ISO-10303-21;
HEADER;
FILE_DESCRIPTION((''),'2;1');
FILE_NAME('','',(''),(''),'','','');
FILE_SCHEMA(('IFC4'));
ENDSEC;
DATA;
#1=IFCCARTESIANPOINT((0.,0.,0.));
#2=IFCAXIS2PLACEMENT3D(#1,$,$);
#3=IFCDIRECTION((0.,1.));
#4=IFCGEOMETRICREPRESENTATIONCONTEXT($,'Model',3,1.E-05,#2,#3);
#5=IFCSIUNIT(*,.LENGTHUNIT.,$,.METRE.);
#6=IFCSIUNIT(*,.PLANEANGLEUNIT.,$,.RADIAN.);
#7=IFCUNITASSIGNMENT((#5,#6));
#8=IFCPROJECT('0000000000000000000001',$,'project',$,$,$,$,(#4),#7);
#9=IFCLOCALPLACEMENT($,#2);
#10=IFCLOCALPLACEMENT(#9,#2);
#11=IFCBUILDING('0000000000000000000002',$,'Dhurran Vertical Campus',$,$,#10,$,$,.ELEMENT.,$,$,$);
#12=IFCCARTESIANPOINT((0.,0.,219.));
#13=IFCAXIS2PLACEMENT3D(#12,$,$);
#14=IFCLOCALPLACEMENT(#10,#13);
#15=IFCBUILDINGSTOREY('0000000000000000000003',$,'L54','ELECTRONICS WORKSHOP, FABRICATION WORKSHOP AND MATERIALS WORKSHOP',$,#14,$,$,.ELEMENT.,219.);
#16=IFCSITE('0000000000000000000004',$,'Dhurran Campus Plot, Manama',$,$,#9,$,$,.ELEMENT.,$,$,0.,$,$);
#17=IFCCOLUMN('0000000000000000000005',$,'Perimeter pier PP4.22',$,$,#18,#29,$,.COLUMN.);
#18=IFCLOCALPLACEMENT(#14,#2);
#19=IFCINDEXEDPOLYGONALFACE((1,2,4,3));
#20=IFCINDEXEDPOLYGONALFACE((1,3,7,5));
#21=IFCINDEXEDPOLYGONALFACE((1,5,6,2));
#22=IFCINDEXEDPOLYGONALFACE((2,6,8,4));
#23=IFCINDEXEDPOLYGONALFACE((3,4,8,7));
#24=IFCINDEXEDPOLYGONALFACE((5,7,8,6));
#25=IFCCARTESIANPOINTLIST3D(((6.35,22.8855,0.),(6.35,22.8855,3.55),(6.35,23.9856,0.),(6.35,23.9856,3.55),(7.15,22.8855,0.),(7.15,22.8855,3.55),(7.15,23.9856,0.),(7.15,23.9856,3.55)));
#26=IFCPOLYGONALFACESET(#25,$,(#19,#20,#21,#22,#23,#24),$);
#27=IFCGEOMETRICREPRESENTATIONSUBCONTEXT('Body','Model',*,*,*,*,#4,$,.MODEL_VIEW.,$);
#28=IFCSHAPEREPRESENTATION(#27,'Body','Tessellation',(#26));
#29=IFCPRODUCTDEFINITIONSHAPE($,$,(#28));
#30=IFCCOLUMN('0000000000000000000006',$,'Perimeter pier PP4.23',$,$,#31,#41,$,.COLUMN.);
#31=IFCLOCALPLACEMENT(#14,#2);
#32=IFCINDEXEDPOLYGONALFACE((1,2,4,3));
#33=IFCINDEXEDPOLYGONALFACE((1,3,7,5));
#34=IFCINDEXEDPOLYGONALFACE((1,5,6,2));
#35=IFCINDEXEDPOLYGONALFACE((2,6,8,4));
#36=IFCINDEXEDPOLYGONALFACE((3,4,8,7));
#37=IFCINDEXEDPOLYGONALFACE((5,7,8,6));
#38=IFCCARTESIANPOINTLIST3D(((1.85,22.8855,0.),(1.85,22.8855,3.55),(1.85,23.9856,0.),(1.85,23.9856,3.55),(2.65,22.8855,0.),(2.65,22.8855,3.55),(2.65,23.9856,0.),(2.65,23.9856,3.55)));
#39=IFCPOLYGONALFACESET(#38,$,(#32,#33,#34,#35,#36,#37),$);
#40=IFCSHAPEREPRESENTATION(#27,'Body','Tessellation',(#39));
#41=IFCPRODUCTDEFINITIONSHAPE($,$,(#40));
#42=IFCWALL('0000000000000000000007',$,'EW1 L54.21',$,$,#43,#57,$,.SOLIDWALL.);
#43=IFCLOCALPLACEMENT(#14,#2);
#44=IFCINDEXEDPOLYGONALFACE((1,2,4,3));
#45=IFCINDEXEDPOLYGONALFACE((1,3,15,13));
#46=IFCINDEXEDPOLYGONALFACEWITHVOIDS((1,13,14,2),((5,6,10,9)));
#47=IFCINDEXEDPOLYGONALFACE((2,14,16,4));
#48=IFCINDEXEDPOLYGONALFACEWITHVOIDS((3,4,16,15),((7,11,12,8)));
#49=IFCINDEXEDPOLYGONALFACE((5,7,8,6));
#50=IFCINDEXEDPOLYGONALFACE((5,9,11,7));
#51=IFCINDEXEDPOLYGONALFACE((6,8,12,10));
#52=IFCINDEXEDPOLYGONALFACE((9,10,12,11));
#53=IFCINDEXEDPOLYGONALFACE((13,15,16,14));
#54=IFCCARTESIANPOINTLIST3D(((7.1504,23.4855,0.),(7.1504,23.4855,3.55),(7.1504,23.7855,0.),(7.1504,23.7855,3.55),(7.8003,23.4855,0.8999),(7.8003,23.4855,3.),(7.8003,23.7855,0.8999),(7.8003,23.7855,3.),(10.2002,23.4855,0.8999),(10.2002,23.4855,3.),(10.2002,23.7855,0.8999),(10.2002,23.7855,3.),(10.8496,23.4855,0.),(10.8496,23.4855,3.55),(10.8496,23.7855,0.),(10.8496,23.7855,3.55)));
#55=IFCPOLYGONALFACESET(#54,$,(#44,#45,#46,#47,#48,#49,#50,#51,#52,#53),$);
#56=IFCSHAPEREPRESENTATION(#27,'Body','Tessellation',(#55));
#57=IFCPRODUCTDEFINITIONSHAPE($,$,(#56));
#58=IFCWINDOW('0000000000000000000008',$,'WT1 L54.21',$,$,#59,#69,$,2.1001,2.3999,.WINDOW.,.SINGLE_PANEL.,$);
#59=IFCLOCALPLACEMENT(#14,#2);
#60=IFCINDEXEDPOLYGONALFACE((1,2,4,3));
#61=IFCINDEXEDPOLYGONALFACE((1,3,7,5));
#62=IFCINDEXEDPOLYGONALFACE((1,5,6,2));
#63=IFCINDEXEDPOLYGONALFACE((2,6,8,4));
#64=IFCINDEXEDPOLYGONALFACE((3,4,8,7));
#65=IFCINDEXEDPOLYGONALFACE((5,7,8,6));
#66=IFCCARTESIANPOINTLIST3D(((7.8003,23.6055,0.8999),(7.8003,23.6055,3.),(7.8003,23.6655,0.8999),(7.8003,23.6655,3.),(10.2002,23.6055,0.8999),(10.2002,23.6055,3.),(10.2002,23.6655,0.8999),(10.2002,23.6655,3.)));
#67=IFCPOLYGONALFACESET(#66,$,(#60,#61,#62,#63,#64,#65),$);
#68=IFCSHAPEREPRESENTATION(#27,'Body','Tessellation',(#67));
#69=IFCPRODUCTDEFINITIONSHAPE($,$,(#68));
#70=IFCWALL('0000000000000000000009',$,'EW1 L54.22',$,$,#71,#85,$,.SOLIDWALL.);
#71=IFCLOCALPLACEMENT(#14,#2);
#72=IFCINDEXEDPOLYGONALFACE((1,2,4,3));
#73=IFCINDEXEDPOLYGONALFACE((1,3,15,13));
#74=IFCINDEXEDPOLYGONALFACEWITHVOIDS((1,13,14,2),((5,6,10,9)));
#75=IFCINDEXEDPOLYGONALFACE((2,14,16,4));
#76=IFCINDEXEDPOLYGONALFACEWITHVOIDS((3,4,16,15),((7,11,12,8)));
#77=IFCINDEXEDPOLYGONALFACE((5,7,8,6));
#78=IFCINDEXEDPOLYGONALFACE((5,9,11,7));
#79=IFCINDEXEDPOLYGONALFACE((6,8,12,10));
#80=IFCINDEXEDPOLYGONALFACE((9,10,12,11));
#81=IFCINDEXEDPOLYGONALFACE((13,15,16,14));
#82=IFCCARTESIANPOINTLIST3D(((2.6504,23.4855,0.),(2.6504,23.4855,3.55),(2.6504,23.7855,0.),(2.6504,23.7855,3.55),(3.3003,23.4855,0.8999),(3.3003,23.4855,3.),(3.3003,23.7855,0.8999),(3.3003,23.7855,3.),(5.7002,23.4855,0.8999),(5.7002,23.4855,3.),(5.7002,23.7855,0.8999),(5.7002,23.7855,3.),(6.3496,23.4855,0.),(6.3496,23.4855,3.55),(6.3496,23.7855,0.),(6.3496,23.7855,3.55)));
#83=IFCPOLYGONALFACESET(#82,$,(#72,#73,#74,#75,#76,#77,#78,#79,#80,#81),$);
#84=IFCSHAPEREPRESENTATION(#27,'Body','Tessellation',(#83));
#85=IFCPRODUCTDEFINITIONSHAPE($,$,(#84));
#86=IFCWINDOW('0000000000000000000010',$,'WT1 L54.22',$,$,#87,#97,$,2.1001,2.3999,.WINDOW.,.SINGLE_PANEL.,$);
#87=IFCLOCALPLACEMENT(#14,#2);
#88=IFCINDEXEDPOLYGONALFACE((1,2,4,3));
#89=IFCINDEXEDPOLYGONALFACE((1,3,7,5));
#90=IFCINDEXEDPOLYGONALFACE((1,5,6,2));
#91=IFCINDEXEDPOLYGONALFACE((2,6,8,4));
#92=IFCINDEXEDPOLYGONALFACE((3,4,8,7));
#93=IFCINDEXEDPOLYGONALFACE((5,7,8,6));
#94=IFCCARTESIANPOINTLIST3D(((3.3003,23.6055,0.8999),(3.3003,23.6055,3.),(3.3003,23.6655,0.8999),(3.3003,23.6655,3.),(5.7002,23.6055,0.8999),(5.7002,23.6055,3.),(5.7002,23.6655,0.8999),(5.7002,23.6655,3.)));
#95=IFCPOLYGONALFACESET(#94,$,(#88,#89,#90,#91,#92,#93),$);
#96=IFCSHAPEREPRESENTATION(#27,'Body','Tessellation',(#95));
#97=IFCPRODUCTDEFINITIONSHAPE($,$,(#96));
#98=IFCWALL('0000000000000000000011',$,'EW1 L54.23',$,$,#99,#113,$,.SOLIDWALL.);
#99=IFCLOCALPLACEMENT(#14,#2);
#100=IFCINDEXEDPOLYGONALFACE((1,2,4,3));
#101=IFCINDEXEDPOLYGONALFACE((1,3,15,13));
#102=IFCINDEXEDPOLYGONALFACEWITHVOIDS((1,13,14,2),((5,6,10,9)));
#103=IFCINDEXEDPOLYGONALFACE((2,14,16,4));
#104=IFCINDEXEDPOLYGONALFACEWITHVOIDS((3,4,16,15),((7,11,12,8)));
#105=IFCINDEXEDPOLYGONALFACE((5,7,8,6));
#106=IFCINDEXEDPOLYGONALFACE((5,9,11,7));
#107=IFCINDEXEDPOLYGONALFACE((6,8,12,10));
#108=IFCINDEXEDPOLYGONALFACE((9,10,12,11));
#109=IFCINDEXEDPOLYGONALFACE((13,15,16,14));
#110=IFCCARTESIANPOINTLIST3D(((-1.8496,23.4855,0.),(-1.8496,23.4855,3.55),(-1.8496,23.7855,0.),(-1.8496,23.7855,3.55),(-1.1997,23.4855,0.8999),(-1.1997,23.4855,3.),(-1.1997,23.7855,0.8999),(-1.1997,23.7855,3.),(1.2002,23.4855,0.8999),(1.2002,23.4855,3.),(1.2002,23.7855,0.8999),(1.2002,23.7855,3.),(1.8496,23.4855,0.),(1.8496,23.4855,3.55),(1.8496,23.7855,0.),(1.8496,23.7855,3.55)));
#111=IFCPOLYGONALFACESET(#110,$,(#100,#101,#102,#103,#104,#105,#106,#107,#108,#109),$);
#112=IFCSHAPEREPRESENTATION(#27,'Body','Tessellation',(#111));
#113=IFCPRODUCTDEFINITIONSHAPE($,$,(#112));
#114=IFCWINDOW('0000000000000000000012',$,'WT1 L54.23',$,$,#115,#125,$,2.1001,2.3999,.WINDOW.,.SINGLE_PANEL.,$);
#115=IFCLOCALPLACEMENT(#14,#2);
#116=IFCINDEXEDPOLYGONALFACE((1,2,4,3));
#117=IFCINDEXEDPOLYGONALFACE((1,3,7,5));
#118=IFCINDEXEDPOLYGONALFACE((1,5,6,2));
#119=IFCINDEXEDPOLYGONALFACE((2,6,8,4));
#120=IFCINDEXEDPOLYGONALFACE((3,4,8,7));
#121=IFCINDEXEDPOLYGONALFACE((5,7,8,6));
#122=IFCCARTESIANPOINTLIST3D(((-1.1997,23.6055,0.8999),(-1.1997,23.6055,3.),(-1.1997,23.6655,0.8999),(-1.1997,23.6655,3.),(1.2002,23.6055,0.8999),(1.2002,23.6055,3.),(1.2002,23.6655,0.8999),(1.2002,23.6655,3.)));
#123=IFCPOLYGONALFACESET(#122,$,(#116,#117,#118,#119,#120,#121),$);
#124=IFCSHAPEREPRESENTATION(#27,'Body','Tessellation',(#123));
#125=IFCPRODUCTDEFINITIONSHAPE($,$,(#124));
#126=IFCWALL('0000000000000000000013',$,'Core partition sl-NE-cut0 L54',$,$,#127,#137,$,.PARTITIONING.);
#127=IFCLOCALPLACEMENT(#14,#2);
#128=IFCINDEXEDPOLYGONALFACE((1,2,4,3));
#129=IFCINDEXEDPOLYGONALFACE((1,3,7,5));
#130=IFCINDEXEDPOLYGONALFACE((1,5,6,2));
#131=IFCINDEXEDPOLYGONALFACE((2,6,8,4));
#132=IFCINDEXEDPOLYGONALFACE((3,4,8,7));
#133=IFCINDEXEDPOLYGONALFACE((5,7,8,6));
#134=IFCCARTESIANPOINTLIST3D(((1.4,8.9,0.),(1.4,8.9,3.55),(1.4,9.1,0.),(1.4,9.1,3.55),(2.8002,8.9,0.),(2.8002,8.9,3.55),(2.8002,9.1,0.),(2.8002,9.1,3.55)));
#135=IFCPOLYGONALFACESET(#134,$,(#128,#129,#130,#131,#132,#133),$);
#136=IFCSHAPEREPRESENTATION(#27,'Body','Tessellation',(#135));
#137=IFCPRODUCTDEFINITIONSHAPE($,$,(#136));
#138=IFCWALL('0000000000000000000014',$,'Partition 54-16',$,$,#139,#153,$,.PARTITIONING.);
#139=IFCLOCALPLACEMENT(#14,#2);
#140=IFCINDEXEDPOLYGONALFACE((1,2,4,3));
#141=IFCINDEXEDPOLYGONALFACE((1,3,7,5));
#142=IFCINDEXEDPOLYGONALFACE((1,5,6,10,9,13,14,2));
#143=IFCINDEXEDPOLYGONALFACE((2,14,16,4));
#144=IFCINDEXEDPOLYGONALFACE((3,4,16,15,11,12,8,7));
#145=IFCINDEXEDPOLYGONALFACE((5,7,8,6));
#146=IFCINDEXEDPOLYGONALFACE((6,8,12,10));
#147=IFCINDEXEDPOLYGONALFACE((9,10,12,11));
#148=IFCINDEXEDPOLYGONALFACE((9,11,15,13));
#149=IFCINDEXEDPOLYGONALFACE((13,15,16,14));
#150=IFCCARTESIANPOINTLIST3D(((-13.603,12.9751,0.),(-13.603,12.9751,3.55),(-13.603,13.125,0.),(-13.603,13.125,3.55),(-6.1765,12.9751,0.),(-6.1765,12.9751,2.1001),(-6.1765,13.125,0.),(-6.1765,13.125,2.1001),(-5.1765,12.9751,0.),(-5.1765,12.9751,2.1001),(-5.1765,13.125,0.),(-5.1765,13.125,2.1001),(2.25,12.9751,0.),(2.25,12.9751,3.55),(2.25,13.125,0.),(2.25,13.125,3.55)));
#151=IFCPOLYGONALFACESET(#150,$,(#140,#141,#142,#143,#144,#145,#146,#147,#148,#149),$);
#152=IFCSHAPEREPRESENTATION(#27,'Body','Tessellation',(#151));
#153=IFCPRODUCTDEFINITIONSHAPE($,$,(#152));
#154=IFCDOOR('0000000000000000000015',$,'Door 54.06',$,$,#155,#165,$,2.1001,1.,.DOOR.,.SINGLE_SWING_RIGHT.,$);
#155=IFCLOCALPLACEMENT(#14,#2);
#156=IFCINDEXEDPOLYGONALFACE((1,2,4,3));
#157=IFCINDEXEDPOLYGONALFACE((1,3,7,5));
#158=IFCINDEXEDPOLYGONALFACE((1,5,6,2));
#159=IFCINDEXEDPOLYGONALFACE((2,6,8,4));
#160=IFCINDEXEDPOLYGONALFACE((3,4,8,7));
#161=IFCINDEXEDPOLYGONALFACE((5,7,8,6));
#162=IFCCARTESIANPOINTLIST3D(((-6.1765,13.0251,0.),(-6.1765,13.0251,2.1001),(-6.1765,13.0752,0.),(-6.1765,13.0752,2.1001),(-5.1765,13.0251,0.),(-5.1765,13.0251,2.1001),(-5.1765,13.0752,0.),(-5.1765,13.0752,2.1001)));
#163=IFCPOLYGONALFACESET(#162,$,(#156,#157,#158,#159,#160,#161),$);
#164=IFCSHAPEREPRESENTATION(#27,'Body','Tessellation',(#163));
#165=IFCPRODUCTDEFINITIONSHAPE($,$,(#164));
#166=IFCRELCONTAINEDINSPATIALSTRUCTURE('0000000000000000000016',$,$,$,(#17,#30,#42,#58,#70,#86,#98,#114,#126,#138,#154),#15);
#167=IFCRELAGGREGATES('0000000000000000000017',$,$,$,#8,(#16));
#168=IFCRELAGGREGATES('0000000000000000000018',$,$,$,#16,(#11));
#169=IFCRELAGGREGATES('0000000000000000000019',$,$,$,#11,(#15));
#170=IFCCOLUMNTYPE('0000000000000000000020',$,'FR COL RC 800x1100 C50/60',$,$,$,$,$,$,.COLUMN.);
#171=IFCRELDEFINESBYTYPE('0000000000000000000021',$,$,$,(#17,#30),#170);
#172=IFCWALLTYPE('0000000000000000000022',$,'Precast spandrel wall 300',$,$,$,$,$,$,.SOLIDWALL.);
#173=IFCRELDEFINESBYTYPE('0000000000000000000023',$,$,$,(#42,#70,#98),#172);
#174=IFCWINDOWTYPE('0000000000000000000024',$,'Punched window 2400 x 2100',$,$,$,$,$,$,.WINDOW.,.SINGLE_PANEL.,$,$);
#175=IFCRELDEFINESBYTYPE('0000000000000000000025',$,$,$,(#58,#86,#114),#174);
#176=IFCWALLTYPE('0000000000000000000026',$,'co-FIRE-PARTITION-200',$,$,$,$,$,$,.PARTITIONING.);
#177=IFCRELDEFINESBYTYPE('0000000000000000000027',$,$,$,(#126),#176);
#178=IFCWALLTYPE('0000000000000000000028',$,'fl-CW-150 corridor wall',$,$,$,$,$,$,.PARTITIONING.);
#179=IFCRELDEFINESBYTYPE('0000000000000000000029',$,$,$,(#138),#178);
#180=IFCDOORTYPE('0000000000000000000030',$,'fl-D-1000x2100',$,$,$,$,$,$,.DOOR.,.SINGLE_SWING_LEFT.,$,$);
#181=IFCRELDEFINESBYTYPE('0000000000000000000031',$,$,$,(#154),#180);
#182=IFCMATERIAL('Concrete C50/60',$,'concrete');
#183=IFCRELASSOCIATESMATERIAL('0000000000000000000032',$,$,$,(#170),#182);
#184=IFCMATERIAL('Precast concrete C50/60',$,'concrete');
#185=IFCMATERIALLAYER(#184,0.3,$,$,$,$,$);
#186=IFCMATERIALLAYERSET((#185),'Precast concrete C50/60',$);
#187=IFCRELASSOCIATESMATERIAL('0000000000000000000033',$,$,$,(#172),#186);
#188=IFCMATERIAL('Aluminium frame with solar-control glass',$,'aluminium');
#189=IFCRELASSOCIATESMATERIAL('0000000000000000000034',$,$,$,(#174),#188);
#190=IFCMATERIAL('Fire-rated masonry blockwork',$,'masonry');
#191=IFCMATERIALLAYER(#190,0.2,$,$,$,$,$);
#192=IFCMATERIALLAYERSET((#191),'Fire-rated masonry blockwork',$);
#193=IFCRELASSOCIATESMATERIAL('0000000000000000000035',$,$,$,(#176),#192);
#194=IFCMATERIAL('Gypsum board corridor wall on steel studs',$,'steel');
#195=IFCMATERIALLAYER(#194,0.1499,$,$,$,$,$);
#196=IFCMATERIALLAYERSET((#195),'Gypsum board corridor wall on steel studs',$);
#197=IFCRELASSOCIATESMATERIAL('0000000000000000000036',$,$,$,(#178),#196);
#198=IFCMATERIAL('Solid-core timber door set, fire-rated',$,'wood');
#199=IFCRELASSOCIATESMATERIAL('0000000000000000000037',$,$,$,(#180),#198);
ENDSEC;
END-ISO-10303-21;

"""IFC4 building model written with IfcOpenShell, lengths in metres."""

from ifc_helpers import new_model, si_unit, direction, frame, frame_2d, origin, origin_2d, place, context, subcontext, project, spatial, rectangle, extrude, material, layer, layer_set, material_profile, profile_set, type_object, element, fill, save


model = new_model("IFC4")

# Units and contexts
model_context = context("Model", 3, precision=1e-05, world=origin(), true_north=direction((0.0, 1.0)))
body_context = subcontext(model_context, "Body", "Model", "MODEL_VIEW")
ifc_project = project(units=[si_unit("LENGTHUNIT", "METRE"), si_unit("PLANEANGLEUNIT", "RADIAN")], contexts=[model_context])

# Site, building, storey
site_placement = place(None, origin())
site = spatial("IfcSite", under=ifc_project, at=site_placement, Name="Dhurran Campus Plot, Manama", CompositionType="ELEMENT", RefElevation=0.0)
building_placement = place(site_placement, origin())
building = spatial("IfcBuilding", under=site, at=building_placement, Name="Dhurran Vertical Campus", CompositionType="ELEMENT")
storey_placement = place(building_placement, frame((0.0, 0.0, 219.0)))
storey = spatial("IfcBuildingStorey", under=building, at=storey_placement, Name="L54", Description="ELECTRONICS WORKSHOP, FABRICATION WORKSHOP AND MATERIALS WORKSHOP", CompositionType="ELEMENT", Elevation=219.0)

# Columns
ifc_material_1 = material(Name="Concrete C50/60", Category="concrete")
ifc_material_profile = material_profile(ifc_material_1, rectangle(XDim=0.8, YDim=1.1001, at=origin_2d()), Name="RC 800x1100")
ifc_profile_set = profile_set([ifc_material_profile], Name="Concrete C50/60")
column_type = type_object("IfcColumnType", Name="FR COL RC 800x1100 C50/60", PredefinedType="COLUMN", material=ifc_profile_set)
for number, where, z_axis, x_axis, name in (
    (1, (6.75, 23.4355, 0.0), (0.0, 0.0, 1.0), (-1.0, 0.0, 0.0), "Perimeter pier PP4.22"),
    (2, (2.25, 23.4355, 0.0), (0.0, 0.0, 1.0), (-1.0, 0.0, 0.0), "Perimeter pier PP4.23"),
):
    element("IfcColumn", number, at=place(storey_placement, frame(where, z_axis=z_axis, x_axis=x_axis)), inside=storey, type_object=column_type, Name=name, PredefinedType="COLUMN", context=body_context, shape_type="SweptSolid", body=[
        extrude(rectangle(XDim=0.8, YDim=1.1001, at=origin_2d()), origin(), (0.0, 0.0, 1.0), 3.55),
    ])

# Walls, openings, windows
ifc_material_2 = material(Name="Precast concrete C50/60", Category="concrete")
ifc_layer_1 = layer(ifc_material_2, 0.3)
ifc_layer_set_1 = layer_set([ifc_layer_1], Name="Precast concrete C50/60")
wall_type_1 = type_object("IfcWallType", Name="Precast spandrel wall 300", PredefinedType="SOLIDWALL", material=ifc_layer_set_1)
wall_1_placement = place(storey_placement, frame((10.8496, 23.6355, 0.0), z_axis=(0.0, 0.0, 1.0), x_axis=(-1.0, 0.0, 0.0)))
wall_1 = element("IfcWall", 3, at=wall_1_placement, inside=storey, type_object=wall_type_1, Name="EW1 L54.21", PredefinedType="SOLIDWALL", context=body_context, shape_type="SweptSolid", body=[
    extrude(rectangle(XDim=3.6992, YDim=0.3, at=frame_2d((1.8496, 0.0))), origin(), (0.0, 0.0, 1.0), 3.55),
])
opening_1_placement = place(wall_1_placement, frame((0.6494, 0.0, 0.8999)))
opening_1 = element("IfcOpeningElement", 4, at=opening_1_placement, cuts=wall_1, PredefinedType="OPENING", context=body_context, shape_type="SweptSolid", body=[
    extrude(rectangle(XDim=2.3999, YDim=2.1001, at=frame_2d((1.2, 1.05))), frame((0.0, 0.1599, 0.0), z_axis=(0.0, -1.0, 0.0), x_axis=(1.0, 0.0, 0.0)), (0.0, 0.0, 1.0), 0.3201),
])
ifc_material_3 = material(Name="Aluminium frame with solar-control glass", Category="aluminium")
window_type = type_object("IfcWindowType", Name="Punched window 2400 x 2100", PartitioningType="SINGLE_PANEL", PredefinedType="WINDOW", material=ifc_material_3)
window_1_placement = place(opening_1_placement, origin())
window_1 = element("IfcWindow", 5, at=window_1_placement, inside=storey, type_object=window_type, Name="WT1 L54.21", OverallHeight=2.1001, OverallWidth=2.3999, PartitioningType="SINGLE_PANEL", PredefinedType="WINDOW", context=body_context, shape_type="SweptSolid", body=[
    extrude(rectangle(XDim=2.3999, YDim=2.1001, at=frame_2d((1.2, 1.05))), frame((0.0, 0.03, 0.0), z_axis=(0.0, -1.0, 0.0), x_axis=(1.0, 0.0, 0.0)), (0.0, 0.0, 1.0), 0.0601),
])
fill(opening_1, window_1)
wall_2_placement = place(storey_placement, frame((6.3496, 23.6355, 0.0), z_axis=(0.0, 0.0, 1.0), x_axis=(-1.0, 0.0, 0.0)))
wall_2 = element("IfcWall", 6, at=wall_2_placement, inside=storey, type_object=wall_type_1, Name="EW1 L54.22", PredefinedType="SOLIDWALL", context=body_context, shape_type="SweptSolid", body=[
    extrude(rectangle(XDim=3.6992, YDim=0.3, at=frame_2d((1.8496, 0.0))), origin(), (0.0, 0.0, 1.0), 3.55),
])
opening_2_placement = place(wall_2_placement, frame((0.6494, 0.0, 0.8999)))
opening_2 = element("IfcOpeningElement", 7, at=opening_2_placement, cuts=wall_2, PredefinedType="OPENING", context=body_context, shape_type="SweptSolid", body=[
    extrude(rectangle(XDim=2.3999, YDim=2.1001, at=frame_2d((1.2, 1.05))), frame((0.0, 0.1599, 0.0), z_axis=(0.0, -1.0, 0.0), x_axis=(1.0, 0.0, 0.0)), (0.0, 0.0, 1.0), 0.3201),
])
window_2_placement = place(opening_2_placement, origin())
window_2 = element("IfcWindow", 8, at=window_2_placement, inside=storey, type_object=window_type, Name="WT1 L54.22", OverallHeight=2.1001, OverallWidth=2.3999, PartitioningType="SINGLE_PANEL", PredefinedType="WINDOW", context=body_context, shape_type="SweptSolid", body=[
    extrude(rectangle(XDim=2.3999, YDim=2.1001, at=frame_2d((1.2, 1.05))), frame((0.0, 0.03, 0.0), z_axis=(0.0, -1.0, 0.0), x_axis=(1.0, 0.0, 0.0)), (0.0, 0.0, 1.0), 0.0601),
])
fill(opening_2, window_2)
wall_3_placement = place(storey_placement, frame((1.8496, 23.6355, 0.0), z_axis=(0.0, 0.0, 1.0), x_axis=(-1.0, 0.0, 0.0)))
wall_3 = element("IfcWall", 9, at=wall_3_placement, inside=storey, type_object=wall_type_1, Name="EW1 L54.23", PredefinedType="SOLIDWALL", context=body_context, shape_type="SweptSolid", body=[
    extrude(rectangle(XDim=3.6992, YDim=0.3, at=frame_2d((1.8496, 0.0))), origin(), (0.0, 0.0, 1.0), 3.55),
])
opening_3_placement = place(wall_3_placement, frame((0.6494, 0.0, 0.8999)))
opening_3 = element("IfcOpeningElement", 10, at=opening_3_placement, cuts=wall_3, PredefinedType="OPENING", context=body_context, shape_type="SweptSolid", body=[
    extrude(rectangle(XDim=2.3999, YDim=2.1001, at=frame_2d((1.2, 1.05))), frame((0.0, 0.1599, 0.0), z_axis=(0.0, -1.0, 0.0), x_axis=(1.0, 0.0, 0.0)), (0.0, 0.0, 1.0), 0.3201),
])
window_3_placement = place(opening_3_placement, origin())
window_3 = element("IfcWindow", 11, at=window_3_placement, inside=storey, type_object=window_type, Name="WT1 L54.23", OverallHeight=2.1001, OverallWidth=2.3999, PartitioningType="SINGLE_PANEL", PredefinedType="WINDOW", context=body_context, shape_type="SweptSolid", body=[
    extrude(rectangle(XDim=2.3999, YDim=2.1001, at=frame_2d((1.2, 1.05))), frame((0.0, 0.03, 0.0), z_axis=(0.0, -1.0, 0.0), x_axis=(1.0, 0.0, 0.0)), (0.0, 0.0, 1.0), 0.0601),
])
fill(opening_3, window_3)

# Wall
ifc_material_4 = material(Name="Fire-rated masonry blockwork", Category="masonry")
ifc_layer_2 = layer(ifc_material_4, 0.2)
ifc_layer_set_2 = layer_set([ifc_layer_2], Name="Fire-rated masonry blockwork")
wall_type_2 = type_object("IfcWallType", Name="co-FIRE-PARTITION-200", PredefinedType="PARTITIONING", material=ifc_layer_set_2)
wall_4_placement = place(storey_placement, frame((1.3999, 9.0, 0.0), z_axis=(0.0, 0.0, 1.0), x_axis=(1.0, 0.0, 0.0)))
element("IfcWall", 12, at=wall_4_placement, inside=storey, type_object=wall_type_2, Name="Core partition sl-NE-cut0 L54", PredefinedType="PARTITIONING", context=body_context, shape_type="SweptSolid", body=[
    extrude(rectangle(XDim=1.4001, YDim=0.2, at=frame_2d((0.7002, 0.0))), origin(), (0.0, 0.0, 1.0), 3.55),
])

# Wall, opening, door
ifc_material_5 = material(Name="Gypsum board corridor wall on steel studs", Category="steel")
ifc_layer_3 = layer(ifc_material_5, 0.1499)
ifc_layer_set_3 = layer_set([ifc_layer_3], Name="Gypsum board corridor wall on steel studs")
wall_type_3 = type_object("IfcWallType", Name="fl-CW-150 corridor wall", PredefinedType="PARTITIONING", material=ifc_layer_set_3)
wall_5_placement = place(storey_placement, frame((2.25, 13.05, 0.0), z_axis=(0.0, 0.0, 1.0), x_axis=(-1.0, 0.0, 0.0)))
wall_5 = element("IfcWall", 13, at=wall_5_placement, inside=storey, type_object=wall_type_3, Name="Partition 54-16", PredefinedType="PARTITIONING", context=body_context, shape_type="SweptSolid", body=[
    extrude(rectangle(XDim=15.853, YDim=0.1499, at=frame_2d((7.9265, 0.0))), origin(), (0.0, 0.0, 1.0), 3.55),
])
opening_4_placement = place(wall_5_placement, frame((7.4265, 0.0, 0.0)))
opening_4 = element("IfcOpeningElement", 14, at=opening_4_placement, cuts=wall_5, PredefinedType="OPENING", context=body_context, shape_type="SweptSolid", body=[
    extrude(rectangle(XDim=1.0, YDim=2.1001, at=frame_2d((0.5, 1.05))), frame((0.0, 0.085, 0.0), z_axis=(0.0, -1.0, 0.0), x_axis=(1.0, 0.0, 0.0)), (0.0, 0.0, 1.0), 0.1699),
])
ifc_material_6 = material(Name="Solid-core timber door set, fire-rated", Category="wood")
door_type = type_object("IfcDoorType", Name="fl-D-1000x2100", OperationType="SINGLE_SWING_LEFT", PredefinedType="DOOR", material=ifc_material_6)
door_placement = place(opening_4_placement, origin())
door = element("IfcDoor", 15, at=door_placement, inside=storey, type_object=door_type, Name="Door 54.06", OperationType="SINGLE_SWING_RIGHT", OverallHeight=2.1001, OverallWidth=1.0, PredefinedType="DOOR", context=body_context, shape_type="SweptSolid", body=[
    extrude(rectangle(XDim=1.0, YDim=2.1001, at=frame_2d((0.5, 1.05))), frame((0.0, 0.0249, 0.0), z_axis=(0.0, -1.0, 0.0), x_axis=(1.0, 0.0, 0.0)), (0.0, 0.0, 1.0), 0.05),
])
fill(opening_4, door)

save(model, "model.ifc")
